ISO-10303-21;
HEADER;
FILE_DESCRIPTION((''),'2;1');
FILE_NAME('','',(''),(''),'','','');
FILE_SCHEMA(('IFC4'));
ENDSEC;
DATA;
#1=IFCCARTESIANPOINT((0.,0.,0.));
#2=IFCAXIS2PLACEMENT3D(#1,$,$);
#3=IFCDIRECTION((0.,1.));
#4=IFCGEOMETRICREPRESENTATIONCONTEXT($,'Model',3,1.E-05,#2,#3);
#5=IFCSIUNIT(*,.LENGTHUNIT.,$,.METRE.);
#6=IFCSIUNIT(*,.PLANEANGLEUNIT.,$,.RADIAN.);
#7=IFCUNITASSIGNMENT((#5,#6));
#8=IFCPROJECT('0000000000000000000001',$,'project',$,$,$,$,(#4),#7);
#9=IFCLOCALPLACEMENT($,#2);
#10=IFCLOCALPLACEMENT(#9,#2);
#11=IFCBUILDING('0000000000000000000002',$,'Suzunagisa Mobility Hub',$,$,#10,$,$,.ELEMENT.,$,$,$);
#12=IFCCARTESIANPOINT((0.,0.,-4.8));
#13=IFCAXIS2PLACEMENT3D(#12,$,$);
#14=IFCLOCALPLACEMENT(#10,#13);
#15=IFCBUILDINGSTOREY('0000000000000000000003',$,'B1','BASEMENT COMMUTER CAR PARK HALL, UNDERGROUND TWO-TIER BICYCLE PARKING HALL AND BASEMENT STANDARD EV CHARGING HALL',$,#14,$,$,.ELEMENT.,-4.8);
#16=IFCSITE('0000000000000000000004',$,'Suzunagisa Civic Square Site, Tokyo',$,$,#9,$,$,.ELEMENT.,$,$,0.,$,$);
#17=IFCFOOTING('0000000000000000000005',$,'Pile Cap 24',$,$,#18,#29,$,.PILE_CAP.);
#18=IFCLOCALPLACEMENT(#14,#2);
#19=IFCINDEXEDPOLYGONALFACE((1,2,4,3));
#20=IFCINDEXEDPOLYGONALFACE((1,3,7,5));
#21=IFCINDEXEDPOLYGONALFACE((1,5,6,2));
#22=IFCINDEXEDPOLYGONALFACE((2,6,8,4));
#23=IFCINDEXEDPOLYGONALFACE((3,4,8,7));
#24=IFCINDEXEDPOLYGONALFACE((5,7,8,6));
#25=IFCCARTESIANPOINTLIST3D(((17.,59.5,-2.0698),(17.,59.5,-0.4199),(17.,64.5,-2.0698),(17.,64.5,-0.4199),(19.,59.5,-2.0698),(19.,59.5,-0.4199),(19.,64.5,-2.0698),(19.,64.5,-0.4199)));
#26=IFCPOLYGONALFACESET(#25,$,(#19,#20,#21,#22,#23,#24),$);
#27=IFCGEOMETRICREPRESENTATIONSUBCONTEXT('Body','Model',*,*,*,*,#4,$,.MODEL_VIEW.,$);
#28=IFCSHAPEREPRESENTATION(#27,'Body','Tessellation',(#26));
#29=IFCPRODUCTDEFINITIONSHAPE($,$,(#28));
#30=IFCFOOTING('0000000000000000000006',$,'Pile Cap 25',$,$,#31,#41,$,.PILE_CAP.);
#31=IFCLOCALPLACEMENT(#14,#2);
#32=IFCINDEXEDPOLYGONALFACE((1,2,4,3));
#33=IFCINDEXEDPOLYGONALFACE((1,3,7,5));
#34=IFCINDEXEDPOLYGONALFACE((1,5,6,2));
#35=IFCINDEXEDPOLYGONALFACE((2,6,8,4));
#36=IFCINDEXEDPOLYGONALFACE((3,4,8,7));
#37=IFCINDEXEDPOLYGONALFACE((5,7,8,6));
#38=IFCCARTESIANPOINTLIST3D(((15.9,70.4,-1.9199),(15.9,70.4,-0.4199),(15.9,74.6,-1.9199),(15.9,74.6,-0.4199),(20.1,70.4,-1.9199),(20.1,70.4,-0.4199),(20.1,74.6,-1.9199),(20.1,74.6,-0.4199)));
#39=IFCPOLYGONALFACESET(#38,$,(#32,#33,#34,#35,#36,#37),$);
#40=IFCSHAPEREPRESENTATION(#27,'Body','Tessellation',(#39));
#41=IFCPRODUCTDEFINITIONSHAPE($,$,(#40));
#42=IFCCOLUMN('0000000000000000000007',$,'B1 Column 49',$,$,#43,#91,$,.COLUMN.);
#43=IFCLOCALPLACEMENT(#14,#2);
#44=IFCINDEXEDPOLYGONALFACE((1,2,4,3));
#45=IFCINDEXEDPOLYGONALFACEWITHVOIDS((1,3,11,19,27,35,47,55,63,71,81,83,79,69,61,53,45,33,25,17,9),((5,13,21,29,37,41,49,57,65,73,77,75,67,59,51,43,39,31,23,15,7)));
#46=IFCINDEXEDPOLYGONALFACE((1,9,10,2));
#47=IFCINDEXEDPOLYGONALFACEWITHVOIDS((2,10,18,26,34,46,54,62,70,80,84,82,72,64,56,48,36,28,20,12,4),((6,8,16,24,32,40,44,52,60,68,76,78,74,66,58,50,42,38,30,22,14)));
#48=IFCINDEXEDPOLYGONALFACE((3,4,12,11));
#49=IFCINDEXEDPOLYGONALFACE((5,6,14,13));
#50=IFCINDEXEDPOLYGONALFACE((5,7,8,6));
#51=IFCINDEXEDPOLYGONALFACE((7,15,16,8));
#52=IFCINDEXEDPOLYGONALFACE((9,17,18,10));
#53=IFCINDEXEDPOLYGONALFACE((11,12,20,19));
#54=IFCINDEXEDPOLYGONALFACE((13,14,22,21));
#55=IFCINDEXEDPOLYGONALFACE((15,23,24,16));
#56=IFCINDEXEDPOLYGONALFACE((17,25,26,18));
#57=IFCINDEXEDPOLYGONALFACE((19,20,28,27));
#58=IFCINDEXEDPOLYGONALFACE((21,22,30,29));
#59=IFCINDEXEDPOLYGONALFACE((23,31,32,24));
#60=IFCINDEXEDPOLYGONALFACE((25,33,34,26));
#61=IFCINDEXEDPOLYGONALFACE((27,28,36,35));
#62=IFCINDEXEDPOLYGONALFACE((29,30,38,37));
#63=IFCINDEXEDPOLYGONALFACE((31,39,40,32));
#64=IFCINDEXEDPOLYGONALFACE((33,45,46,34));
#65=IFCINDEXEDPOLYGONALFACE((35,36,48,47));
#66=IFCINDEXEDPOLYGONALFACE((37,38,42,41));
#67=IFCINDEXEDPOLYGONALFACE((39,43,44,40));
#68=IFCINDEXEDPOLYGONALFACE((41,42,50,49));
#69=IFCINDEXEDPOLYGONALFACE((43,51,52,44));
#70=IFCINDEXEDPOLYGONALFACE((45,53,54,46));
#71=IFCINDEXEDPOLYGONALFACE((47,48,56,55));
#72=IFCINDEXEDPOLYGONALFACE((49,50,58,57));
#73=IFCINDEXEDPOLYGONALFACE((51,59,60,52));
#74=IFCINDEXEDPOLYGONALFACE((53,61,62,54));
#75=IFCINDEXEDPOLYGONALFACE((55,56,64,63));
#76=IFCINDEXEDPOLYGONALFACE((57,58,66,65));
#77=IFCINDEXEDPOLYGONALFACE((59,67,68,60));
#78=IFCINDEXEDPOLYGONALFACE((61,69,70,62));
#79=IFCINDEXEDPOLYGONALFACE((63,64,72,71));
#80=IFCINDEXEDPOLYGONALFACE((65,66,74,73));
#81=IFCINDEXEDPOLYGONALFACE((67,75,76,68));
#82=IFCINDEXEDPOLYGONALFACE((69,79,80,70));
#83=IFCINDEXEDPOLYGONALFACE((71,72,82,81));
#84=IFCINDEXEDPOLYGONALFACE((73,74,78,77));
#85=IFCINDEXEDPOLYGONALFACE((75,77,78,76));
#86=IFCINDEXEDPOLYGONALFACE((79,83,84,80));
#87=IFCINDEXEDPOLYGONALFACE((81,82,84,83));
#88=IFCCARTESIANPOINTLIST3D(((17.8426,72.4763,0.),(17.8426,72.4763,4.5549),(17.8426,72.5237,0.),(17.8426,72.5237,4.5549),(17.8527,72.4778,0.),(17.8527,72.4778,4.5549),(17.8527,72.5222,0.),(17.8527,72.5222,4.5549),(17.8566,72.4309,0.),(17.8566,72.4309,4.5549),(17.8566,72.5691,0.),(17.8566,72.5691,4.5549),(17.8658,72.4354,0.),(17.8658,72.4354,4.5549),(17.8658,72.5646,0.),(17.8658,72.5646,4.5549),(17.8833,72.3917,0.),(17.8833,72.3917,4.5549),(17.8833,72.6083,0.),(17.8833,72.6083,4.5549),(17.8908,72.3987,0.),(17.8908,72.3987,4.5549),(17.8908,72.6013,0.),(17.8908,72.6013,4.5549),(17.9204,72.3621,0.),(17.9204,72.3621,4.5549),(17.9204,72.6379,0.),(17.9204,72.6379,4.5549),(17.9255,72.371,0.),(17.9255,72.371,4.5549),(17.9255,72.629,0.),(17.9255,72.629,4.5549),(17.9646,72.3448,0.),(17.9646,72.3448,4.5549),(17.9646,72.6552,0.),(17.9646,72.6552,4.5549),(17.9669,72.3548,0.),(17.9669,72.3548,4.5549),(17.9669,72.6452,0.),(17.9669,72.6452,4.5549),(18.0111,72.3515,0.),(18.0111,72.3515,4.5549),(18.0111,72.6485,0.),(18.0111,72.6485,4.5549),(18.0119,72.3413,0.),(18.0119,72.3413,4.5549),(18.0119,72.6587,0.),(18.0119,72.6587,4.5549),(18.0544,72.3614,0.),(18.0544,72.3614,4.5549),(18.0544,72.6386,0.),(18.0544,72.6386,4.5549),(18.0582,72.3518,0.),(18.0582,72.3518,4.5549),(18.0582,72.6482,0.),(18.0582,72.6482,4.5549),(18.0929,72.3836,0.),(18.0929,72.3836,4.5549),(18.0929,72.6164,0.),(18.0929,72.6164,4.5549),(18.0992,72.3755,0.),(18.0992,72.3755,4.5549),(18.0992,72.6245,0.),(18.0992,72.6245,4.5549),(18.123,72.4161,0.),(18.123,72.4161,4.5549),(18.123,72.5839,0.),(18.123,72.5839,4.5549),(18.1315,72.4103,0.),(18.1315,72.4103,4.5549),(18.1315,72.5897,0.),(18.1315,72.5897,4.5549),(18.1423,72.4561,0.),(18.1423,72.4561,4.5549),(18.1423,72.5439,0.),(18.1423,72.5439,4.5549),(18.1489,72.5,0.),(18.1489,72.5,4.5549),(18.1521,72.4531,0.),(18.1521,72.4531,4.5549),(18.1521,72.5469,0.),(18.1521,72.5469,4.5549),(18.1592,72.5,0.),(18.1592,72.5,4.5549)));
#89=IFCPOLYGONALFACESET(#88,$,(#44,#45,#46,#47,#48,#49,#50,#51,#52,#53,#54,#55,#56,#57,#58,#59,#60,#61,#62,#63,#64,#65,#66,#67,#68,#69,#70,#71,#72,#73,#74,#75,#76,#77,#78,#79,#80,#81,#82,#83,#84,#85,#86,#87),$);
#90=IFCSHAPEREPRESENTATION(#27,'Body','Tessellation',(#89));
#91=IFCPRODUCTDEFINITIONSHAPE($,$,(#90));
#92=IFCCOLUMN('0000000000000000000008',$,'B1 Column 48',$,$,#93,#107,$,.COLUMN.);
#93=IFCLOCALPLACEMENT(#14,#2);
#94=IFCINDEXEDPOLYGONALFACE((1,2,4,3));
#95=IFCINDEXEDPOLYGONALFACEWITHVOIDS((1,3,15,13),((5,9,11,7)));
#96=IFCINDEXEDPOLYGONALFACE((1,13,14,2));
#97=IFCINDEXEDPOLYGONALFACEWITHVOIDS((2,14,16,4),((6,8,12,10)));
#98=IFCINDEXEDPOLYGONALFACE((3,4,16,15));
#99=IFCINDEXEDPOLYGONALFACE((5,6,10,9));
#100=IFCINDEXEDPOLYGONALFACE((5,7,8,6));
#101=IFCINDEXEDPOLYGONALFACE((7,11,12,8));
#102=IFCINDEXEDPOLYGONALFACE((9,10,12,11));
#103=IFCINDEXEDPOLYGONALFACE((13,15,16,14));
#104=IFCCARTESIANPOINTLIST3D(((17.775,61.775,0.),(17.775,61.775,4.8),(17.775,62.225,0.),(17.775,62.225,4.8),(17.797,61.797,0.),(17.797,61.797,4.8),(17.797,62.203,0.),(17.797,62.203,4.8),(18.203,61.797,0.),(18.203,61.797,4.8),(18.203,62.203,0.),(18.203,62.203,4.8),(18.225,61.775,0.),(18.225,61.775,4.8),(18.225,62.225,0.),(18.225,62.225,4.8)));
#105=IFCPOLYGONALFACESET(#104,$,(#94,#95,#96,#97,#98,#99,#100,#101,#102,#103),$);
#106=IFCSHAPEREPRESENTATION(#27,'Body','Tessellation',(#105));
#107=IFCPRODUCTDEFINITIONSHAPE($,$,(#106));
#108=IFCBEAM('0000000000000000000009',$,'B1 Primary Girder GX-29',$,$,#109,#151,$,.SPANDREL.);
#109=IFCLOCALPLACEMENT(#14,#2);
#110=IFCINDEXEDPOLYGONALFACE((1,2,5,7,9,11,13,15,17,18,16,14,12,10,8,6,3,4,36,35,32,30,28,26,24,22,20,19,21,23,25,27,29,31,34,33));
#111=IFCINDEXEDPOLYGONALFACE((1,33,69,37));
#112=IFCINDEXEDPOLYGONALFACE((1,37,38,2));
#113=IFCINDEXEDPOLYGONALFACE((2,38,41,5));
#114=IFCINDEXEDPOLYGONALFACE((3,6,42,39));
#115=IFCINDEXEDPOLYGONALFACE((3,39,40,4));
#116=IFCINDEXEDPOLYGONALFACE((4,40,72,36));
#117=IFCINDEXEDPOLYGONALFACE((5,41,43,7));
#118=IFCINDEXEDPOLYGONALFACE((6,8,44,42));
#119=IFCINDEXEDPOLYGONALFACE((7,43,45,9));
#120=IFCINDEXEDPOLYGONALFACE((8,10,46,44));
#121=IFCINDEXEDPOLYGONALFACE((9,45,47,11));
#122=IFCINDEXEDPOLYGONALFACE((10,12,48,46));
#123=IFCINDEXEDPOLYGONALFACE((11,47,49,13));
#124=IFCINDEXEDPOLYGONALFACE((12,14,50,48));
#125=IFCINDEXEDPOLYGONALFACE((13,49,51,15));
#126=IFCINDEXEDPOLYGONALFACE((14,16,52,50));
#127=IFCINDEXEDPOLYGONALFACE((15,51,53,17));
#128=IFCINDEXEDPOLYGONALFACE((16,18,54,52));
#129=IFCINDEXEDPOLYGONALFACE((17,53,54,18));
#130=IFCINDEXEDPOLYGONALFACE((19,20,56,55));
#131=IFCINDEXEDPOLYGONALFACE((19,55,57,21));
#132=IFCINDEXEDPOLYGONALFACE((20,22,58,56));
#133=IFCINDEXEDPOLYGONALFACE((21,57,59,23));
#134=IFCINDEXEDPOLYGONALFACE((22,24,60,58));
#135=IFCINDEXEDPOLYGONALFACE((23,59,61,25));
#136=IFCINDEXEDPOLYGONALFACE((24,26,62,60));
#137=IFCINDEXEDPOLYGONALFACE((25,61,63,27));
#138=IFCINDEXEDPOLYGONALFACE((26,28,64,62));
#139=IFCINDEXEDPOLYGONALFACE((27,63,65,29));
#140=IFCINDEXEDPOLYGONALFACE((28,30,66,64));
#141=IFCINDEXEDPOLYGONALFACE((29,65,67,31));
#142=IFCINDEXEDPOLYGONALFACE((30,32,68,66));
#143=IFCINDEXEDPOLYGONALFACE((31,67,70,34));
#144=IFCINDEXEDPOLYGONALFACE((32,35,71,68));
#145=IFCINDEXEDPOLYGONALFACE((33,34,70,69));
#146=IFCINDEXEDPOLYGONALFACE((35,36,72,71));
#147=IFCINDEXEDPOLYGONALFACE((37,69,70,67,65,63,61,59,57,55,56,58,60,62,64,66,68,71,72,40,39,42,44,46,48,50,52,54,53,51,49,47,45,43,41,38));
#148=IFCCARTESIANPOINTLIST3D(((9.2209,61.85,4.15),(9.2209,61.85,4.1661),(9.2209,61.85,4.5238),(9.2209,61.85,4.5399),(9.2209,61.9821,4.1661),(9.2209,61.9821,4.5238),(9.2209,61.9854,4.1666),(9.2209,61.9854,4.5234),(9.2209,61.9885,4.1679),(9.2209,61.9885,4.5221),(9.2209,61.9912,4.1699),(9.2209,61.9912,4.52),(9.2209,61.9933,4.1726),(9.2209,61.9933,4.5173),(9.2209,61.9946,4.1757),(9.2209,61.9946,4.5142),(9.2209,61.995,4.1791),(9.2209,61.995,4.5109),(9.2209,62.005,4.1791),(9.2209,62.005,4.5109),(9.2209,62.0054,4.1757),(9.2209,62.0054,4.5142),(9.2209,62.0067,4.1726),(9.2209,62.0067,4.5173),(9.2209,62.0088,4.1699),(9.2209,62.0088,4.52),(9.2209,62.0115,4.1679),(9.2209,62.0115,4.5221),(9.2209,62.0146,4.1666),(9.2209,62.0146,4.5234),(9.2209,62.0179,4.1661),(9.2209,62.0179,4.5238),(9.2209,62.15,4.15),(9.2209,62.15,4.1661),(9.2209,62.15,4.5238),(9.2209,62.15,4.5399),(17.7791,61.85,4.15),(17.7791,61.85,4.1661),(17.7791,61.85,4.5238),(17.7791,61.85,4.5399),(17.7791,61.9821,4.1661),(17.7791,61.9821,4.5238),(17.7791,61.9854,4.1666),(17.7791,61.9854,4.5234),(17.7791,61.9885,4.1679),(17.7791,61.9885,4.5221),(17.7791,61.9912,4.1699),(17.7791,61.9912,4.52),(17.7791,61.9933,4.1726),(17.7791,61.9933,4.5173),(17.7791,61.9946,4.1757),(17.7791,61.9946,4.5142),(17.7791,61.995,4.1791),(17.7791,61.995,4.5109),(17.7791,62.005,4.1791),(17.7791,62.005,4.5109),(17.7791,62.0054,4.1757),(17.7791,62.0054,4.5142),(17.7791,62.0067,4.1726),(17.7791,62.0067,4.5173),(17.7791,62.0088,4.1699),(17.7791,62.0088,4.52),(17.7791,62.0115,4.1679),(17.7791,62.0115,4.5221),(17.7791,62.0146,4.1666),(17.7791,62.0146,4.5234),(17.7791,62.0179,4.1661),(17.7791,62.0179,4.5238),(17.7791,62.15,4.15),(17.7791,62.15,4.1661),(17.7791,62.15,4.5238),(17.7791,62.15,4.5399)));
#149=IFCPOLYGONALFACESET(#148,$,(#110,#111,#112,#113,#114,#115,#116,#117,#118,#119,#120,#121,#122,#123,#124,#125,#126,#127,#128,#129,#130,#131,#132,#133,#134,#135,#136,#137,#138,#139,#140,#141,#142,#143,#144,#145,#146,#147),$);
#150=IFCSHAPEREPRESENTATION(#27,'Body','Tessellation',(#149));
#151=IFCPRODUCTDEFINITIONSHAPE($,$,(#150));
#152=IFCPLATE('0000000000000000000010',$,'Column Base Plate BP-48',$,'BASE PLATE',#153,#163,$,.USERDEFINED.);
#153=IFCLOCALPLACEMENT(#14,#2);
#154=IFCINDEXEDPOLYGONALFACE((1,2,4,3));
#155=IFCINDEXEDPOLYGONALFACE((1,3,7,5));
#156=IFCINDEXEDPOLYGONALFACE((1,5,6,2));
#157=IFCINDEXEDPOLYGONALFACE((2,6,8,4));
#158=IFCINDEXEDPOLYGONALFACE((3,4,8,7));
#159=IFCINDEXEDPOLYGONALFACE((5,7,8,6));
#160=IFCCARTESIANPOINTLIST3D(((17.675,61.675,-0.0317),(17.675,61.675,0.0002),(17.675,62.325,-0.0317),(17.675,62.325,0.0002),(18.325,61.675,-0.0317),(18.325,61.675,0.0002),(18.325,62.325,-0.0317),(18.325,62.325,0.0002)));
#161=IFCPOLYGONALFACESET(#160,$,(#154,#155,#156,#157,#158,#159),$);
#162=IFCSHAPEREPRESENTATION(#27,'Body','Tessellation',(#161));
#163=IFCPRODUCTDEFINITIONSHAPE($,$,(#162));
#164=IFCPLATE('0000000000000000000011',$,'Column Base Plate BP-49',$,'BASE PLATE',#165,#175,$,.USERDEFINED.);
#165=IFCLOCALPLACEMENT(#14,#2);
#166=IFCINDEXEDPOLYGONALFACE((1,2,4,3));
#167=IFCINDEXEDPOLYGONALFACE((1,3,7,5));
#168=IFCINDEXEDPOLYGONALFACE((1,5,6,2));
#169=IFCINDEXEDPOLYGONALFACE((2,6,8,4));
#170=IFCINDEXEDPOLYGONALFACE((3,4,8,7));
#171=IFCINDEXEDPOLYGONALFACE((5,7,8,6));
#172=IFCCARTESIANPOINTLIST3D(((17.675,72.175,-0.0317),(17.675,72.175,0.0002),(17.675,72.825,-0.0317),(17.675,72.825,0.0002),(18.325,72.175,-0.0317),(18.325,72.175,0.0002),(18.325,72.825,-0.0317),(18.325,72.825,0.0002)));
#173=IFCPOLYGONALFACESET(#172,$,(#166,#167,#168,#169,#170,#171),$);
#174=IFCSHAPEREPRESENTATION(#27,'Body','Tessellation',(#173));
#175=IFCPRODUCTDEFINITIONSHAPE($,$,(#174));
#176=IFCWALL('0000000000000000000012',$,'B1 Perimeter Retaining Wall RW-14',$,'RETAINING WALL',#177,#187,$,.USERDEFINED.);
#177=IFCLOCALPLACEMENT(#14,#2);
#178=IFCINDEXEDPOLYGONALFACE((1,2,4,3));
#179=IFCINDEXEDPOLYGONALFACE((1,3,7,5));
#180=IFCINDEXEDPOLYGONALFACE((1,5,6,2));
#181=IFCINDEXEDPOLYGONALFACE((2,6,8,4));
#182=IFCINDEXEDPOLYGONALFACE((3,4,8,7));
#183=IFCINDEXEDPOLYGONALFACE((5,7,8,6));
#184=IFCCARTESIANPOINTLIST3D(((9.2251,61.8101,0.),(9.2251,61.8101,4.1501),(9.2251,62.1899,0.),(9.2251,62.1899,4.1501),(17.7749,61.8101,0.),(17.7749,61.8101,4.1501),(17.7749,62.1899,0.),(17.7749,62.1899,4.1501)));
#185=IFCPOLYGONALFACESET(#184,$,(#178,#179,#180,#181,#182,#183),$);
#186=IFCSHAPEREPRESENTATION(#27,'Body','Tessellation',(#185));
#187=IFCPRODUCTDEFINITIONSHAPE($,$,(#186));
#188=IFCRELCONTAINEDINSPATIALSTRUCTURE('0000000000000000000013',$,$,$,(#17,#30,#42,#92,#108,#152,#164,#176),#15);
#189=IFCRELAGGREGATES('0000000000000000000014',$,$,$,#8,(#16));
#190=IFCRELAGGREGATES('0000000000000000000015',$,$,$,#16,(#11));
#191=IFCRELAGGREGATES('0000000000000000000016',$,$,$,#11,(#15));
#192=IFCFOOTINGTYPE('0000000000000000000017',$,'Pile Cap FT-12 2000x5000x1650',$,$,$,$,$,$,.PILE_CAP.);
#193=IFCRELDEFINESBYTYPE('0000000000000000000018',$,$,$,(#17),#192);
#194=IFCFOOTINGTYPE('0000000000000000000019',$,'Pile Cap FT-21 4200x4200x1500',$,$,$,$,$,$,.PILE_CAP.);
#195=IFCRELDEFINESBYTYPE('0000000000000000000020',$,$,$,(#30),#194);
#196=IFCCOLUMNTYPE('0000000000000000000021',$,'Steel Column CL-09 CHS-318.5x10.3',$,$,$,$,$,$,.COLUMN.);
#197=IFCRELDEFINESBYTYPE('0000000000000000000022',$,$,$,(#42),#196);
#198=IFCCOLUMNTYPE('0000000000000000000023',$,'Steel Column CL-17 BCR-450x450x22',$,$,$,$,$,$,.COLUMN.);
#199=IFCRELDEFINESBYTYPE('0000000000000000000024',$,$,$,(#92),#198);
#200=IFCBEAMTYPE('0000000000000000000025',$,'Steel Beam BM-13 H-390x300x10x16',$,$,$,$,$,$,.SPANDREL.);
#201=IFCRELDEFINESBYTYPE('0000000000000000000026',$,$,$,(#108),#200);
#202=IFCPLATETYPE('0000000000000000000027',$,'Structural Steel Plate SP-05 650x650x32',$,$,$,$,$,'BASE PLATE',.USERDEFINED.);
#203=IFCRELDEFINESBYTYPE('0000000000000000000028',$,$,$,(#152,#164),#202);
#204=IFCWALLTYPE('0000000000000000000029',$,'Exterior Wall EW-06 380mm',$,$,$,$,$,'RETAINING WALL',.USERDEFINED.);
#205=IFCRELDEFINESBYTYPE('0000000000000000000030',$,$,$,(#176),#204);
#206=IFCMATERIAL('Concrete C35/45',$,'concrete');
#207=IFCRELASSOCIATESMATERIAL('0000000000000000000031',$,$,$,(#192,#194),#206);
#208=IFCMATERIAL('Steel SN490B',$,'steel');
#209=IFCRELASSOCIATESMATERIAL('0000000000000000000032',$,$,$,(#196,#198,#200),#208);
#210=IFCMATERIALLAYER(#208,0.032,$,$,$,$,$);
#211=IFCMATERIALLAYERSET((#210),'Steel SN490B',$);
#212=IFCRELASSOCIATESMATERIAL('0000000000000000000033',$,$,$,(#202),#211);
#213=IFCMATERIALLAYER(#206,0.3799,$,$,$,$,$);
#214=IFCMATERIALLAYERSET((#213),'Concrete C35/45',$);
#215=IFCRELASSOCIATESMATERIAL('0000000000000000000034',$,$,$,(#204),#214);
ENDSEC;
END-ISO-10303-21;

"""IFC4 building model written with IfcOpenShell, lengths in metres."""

from ifc_helpers import new_model, si_unit, direction, frame, frame_2d, origin, origin_2d, place, context, subcontext, project, spatial, rectangle, hollow_rectangle, hollow_circle, i_section, extrude, material, layer, layer_set, material_profile, profile_set, type_object, element, save


model = new_model("IFC4")

# Units and contexts
model_context = context("Model", 3, precision=1e-05, world=origin(), true_north=direction((0.0, 1.0)))
body_context = subcontext(model_context, "Body", "Model", "MODEL_VIEW")
ifc_project = project(units=[si_unit("LENGTHUNIT", "METRE"), si_unit("PLANEANGLEUNIT", "RADIAN")], contexts=[model_context])

# Site, building, storey
site_placement = place(None, origin())
site = spatial("IfcSite", under=ifc_project, at=site_placement, Name="Suzunagisa Civic Square Site, Tokyo", CompositionType="ELEMENT", RefElevation=0.0)
building_placement = place(site_placement, origin())
building = spatial("IfcBuilding", under=site, at=building_placement, Name="Suzunagisa Mobility Hub", CompositionType="ELEMENT")
storey_placement = place(building_placement, frame((0.0, 0.0, -4.8)))
storey = spatial("IfcBuildingStorey", under=building, at=storey_placement, Name="B1", Description="BASEMENT COMMUTER CAR PARK HALL, UNDERGROUND TWO-TIER BICYCLE PARKING HALL AND BASEMENT STANDARD EV CHARGING HALL", CompositionType="ELEMENT", Elevation=-4.8)

# Footings
ifc_material_1 = material(Name="Concrete C35/45", Category="concrete")
footing_type_1 = type_object("IfcFootingType", Name="Pile Cap FT-12 2000x5000x1650", PredefinedType="PILE_CAP", material=ifc_material_1)
footing_1_placement = place(storey_placement, frame((18.0, 62.0, -2.0698), z_axis=(0.0, 0.0, 1.0), x_axis=(1.0, 0.0, 0.0)))
element("IfcFooting", 1, at=footing_1_placement, inside=storey, type_object=footing_type_1, Name="Pile Cap 24", PredefinedType="PILE_CAP", context=body_context, shape_type="SweptSolid", body=[
    extrude(rectangle(XDim=2.0, YDim=5.0, at=origin_2d()), origin(), (0.0, 0.0, 1.0), 1.6499),
])
footing_type_2 = type_object("IfcFootingType", Name="Pile Cap FT-21 4200x4200x1500", PredefinedType="PILE_CAP", material=ifc_material_1)
footing_2_placement = place(storey_placement, frame((18.0, 72.5, -1.9199), z_axis=(0.0, 0.0, 1.0), x_axis=(1.0, 0.0, 0.0)))
element("IfcFooting", 2, at=footing_2_placement, inside=storey, type_object=footing_type_2, Name="Pile Cap 25", PredefinedType="PILE_CAP", context=body_context, shape_type="SweptSolid", body=[
    extrude(rectangle(XDim=4.2, YDim=4.2, at=origin_2d()), origin(), (0.0, 0.0, 1.0), 1.5),
])

# Columns
ifc_material_2 = material(Name="Steel SN490B", Category="steel")
ifc_material_profile_1 = material_profile(ifc_material_2, hollow_circle(Radius=0.1592, WallThickness=0.0103, at=origin_2d()), Name="CHS-318.5x10.3")
ifc_profile_set_1 = profile_set([ifc_material_profile_1], Name="Steel SN490B")
column_type_1 = type_object("IfcColumnType", Name="Steel Column CL-09 CHS-318.5x10.3", PredefinedType="COLUMN", material=ifc_profile_set_1)
column_1_placement = place(storey_placement, frame((18.0, 72.5, 0.0), z_axis=(0.0, 0.0, 1.0), x_axis=(1.0, 0.0, 0.0)))
element("IfcColumn", 3, at=column_1_placement, inside=storey, type_object=column_type_1, Name="B1 Column 49", PredefinedType="COLUMN", context=body_context, shape_type="SweptSolid", body=[
    extrude(hollow_circle(Radius=0.1592, WallThickness=0.0103, at=origin_2d()), origin(), (0.0, 0.0, 1.0), 4.5549),
])
ifc_material_profile_2 = material_profile(ifc_material_2, hollow_rectangle(XDim=0.45, YDim=0.45, WallThickness=0.022, at=origin_2d()), Name="BCR-450x450x22")
ifc_profile_set_2 = profile_set([ifc_material_profile_2], Name="Steel SN490B")
column_type_2 = type_object("IfcColumnType", Name="Steel Column CL-17 BCR-450x450x22", PredefinedType="COLUMN", material=ifc_profile_set_2)
column_2_placement = place(storey_placement, frame((18.0, 62.0, 0.0), z_axis=(0.0, 0.0, 1.0), x_axis=(1.0, 0.0, 0.0)))
element("IfcColumn", 4, at=column_2_placement, inside=storey, type_object=column_type_2, Name="B1 Column 48", PredefinedType="COLUMN", context=body_context, shape_type="SweptSolid", body=[
    extrude(hollow_rectangle(XDim=0.45, YDim=0.45, WallThickness=0.022, at=origin_2d()), origin(), (0.0, 0.0, 1.0), 4.8),
])

# Beam
ifc_material_profile_3 = material_profile(ifc_material_2, i_section(OverallWidth=0.3, OverallDepth=0.3899, WebThickness=0.01, FlangeThickness=0.0161, FilletRadius=0.0129, at=origin_2d()), Name="H-390x300x10x16")
ifc_profile_set_3 = profile_set([ifc_material_profile_3], Name="Steel SN490B")
beam_type = type_object("IfcBeamType", Name="Steel Beam BM-13 H-390x300x10x16", PredefinedType="SPANDREL", material=ifc_profile_set_3)
beam_placement = place(storey_placement, frame((9.2209, 62.0, 4.345), z_axis=(1.0, 0.0, 0.0), x_axis=(0.0, 1.0, 0.0)))
element("IfcBeam", 5, at=beam_placement, inside=storey, type_object=beam_type, Name="B1 Primary Girder GX-29", PredefinedType="SPANDREL", context=body_context, shape_type="SweptSolid", body=[
    extrude(i_section(OverallWidth=0.3, OverallDepth=0.3899, WebThickness=0.01, FlangeThickness=0.0161, FilletRadius=0.0129, at=origin_2d()), origin(), (0.0, 0.0, 1.0), 8.5581),
])

# Plates
ifc_layer_1 = layer(ifc_material_2, 0.032)
ifc_layer_set_1 = layer_set([ifc_layer_1], Name="Steel SN490B")
plate_type = type_object("IfcPlateType", Name="Structural Steel Plate SP-05 650x650x32", ElementType="BASE PLATE", PredefinedType="USERDEFINED", material=ifc_layer_set_1)
for number, where, z_axis, x_axis, name in (
    (6, (18.0, 62.0, -0.0317), (0.0, 0.0, 1.0), (1.0, 0.0, 0.0), "Column Base Plate BP-48"),
    (7, (18.0, 72.5, -0.0317), (0.0, 0.0, 1.0), (1.0, 0.0, 0.0), "Column Base Plate BP-49"),
):
    element("IfcPlate", number, at=place(storey_placement, frame(where, z_axis=z_axis, x_axis=x_axis)), inside=storey, type_object=plate_type, Name=name, ObjectType="BASE PLATE", PredefinedType="USERDEFINED", context=body_context, shape_type="SweptSolid", body=[
        extrude(rectangle(XDim=0.6499, YDim=0.6499, at=origin_2d()), origin(), (0.0, 0.0, 1.0), 0.032),
    ])

# Wall
ifc_layer_2 = layer(ifc_material_1, 0.3799)
ifc_layer_set_2 = layer_set([ifc_layer_2], Name="Concrete C35/45")
wall_type_1 = type_object("IfcWallType", Name="Exterior Wall EW-06 380mm", ElementType="RETAINING WALL", PredefinedType="USERDEFINED", material=ifc_layer_set_2)
wall_1_placement = place(storey_placement, frame((17.7749, 62.0, 0.0), z_axis=(0.0, 0.0, 1.0), x_axis=(-1.0, 0.0, 0.0)))
element("IfcWall", 8, at=wall_1_placement, inside=storey, type_object=wall_type_1, Name="B1 Perimeter Retaining Wall RW-14", ObjectType="RETAINING WALL", PredefinedType="USERDEFINED", context=body_context, shape_type="SweptSolid", body=[
    extrude(rectangle(XDim=8.5498, YDim=0.3799, at=frame_2d((4.2749, 0.0))), origin(), (0.0, 0.0, 1.0), 4.1501),
])

save(model, "model.ifc")
